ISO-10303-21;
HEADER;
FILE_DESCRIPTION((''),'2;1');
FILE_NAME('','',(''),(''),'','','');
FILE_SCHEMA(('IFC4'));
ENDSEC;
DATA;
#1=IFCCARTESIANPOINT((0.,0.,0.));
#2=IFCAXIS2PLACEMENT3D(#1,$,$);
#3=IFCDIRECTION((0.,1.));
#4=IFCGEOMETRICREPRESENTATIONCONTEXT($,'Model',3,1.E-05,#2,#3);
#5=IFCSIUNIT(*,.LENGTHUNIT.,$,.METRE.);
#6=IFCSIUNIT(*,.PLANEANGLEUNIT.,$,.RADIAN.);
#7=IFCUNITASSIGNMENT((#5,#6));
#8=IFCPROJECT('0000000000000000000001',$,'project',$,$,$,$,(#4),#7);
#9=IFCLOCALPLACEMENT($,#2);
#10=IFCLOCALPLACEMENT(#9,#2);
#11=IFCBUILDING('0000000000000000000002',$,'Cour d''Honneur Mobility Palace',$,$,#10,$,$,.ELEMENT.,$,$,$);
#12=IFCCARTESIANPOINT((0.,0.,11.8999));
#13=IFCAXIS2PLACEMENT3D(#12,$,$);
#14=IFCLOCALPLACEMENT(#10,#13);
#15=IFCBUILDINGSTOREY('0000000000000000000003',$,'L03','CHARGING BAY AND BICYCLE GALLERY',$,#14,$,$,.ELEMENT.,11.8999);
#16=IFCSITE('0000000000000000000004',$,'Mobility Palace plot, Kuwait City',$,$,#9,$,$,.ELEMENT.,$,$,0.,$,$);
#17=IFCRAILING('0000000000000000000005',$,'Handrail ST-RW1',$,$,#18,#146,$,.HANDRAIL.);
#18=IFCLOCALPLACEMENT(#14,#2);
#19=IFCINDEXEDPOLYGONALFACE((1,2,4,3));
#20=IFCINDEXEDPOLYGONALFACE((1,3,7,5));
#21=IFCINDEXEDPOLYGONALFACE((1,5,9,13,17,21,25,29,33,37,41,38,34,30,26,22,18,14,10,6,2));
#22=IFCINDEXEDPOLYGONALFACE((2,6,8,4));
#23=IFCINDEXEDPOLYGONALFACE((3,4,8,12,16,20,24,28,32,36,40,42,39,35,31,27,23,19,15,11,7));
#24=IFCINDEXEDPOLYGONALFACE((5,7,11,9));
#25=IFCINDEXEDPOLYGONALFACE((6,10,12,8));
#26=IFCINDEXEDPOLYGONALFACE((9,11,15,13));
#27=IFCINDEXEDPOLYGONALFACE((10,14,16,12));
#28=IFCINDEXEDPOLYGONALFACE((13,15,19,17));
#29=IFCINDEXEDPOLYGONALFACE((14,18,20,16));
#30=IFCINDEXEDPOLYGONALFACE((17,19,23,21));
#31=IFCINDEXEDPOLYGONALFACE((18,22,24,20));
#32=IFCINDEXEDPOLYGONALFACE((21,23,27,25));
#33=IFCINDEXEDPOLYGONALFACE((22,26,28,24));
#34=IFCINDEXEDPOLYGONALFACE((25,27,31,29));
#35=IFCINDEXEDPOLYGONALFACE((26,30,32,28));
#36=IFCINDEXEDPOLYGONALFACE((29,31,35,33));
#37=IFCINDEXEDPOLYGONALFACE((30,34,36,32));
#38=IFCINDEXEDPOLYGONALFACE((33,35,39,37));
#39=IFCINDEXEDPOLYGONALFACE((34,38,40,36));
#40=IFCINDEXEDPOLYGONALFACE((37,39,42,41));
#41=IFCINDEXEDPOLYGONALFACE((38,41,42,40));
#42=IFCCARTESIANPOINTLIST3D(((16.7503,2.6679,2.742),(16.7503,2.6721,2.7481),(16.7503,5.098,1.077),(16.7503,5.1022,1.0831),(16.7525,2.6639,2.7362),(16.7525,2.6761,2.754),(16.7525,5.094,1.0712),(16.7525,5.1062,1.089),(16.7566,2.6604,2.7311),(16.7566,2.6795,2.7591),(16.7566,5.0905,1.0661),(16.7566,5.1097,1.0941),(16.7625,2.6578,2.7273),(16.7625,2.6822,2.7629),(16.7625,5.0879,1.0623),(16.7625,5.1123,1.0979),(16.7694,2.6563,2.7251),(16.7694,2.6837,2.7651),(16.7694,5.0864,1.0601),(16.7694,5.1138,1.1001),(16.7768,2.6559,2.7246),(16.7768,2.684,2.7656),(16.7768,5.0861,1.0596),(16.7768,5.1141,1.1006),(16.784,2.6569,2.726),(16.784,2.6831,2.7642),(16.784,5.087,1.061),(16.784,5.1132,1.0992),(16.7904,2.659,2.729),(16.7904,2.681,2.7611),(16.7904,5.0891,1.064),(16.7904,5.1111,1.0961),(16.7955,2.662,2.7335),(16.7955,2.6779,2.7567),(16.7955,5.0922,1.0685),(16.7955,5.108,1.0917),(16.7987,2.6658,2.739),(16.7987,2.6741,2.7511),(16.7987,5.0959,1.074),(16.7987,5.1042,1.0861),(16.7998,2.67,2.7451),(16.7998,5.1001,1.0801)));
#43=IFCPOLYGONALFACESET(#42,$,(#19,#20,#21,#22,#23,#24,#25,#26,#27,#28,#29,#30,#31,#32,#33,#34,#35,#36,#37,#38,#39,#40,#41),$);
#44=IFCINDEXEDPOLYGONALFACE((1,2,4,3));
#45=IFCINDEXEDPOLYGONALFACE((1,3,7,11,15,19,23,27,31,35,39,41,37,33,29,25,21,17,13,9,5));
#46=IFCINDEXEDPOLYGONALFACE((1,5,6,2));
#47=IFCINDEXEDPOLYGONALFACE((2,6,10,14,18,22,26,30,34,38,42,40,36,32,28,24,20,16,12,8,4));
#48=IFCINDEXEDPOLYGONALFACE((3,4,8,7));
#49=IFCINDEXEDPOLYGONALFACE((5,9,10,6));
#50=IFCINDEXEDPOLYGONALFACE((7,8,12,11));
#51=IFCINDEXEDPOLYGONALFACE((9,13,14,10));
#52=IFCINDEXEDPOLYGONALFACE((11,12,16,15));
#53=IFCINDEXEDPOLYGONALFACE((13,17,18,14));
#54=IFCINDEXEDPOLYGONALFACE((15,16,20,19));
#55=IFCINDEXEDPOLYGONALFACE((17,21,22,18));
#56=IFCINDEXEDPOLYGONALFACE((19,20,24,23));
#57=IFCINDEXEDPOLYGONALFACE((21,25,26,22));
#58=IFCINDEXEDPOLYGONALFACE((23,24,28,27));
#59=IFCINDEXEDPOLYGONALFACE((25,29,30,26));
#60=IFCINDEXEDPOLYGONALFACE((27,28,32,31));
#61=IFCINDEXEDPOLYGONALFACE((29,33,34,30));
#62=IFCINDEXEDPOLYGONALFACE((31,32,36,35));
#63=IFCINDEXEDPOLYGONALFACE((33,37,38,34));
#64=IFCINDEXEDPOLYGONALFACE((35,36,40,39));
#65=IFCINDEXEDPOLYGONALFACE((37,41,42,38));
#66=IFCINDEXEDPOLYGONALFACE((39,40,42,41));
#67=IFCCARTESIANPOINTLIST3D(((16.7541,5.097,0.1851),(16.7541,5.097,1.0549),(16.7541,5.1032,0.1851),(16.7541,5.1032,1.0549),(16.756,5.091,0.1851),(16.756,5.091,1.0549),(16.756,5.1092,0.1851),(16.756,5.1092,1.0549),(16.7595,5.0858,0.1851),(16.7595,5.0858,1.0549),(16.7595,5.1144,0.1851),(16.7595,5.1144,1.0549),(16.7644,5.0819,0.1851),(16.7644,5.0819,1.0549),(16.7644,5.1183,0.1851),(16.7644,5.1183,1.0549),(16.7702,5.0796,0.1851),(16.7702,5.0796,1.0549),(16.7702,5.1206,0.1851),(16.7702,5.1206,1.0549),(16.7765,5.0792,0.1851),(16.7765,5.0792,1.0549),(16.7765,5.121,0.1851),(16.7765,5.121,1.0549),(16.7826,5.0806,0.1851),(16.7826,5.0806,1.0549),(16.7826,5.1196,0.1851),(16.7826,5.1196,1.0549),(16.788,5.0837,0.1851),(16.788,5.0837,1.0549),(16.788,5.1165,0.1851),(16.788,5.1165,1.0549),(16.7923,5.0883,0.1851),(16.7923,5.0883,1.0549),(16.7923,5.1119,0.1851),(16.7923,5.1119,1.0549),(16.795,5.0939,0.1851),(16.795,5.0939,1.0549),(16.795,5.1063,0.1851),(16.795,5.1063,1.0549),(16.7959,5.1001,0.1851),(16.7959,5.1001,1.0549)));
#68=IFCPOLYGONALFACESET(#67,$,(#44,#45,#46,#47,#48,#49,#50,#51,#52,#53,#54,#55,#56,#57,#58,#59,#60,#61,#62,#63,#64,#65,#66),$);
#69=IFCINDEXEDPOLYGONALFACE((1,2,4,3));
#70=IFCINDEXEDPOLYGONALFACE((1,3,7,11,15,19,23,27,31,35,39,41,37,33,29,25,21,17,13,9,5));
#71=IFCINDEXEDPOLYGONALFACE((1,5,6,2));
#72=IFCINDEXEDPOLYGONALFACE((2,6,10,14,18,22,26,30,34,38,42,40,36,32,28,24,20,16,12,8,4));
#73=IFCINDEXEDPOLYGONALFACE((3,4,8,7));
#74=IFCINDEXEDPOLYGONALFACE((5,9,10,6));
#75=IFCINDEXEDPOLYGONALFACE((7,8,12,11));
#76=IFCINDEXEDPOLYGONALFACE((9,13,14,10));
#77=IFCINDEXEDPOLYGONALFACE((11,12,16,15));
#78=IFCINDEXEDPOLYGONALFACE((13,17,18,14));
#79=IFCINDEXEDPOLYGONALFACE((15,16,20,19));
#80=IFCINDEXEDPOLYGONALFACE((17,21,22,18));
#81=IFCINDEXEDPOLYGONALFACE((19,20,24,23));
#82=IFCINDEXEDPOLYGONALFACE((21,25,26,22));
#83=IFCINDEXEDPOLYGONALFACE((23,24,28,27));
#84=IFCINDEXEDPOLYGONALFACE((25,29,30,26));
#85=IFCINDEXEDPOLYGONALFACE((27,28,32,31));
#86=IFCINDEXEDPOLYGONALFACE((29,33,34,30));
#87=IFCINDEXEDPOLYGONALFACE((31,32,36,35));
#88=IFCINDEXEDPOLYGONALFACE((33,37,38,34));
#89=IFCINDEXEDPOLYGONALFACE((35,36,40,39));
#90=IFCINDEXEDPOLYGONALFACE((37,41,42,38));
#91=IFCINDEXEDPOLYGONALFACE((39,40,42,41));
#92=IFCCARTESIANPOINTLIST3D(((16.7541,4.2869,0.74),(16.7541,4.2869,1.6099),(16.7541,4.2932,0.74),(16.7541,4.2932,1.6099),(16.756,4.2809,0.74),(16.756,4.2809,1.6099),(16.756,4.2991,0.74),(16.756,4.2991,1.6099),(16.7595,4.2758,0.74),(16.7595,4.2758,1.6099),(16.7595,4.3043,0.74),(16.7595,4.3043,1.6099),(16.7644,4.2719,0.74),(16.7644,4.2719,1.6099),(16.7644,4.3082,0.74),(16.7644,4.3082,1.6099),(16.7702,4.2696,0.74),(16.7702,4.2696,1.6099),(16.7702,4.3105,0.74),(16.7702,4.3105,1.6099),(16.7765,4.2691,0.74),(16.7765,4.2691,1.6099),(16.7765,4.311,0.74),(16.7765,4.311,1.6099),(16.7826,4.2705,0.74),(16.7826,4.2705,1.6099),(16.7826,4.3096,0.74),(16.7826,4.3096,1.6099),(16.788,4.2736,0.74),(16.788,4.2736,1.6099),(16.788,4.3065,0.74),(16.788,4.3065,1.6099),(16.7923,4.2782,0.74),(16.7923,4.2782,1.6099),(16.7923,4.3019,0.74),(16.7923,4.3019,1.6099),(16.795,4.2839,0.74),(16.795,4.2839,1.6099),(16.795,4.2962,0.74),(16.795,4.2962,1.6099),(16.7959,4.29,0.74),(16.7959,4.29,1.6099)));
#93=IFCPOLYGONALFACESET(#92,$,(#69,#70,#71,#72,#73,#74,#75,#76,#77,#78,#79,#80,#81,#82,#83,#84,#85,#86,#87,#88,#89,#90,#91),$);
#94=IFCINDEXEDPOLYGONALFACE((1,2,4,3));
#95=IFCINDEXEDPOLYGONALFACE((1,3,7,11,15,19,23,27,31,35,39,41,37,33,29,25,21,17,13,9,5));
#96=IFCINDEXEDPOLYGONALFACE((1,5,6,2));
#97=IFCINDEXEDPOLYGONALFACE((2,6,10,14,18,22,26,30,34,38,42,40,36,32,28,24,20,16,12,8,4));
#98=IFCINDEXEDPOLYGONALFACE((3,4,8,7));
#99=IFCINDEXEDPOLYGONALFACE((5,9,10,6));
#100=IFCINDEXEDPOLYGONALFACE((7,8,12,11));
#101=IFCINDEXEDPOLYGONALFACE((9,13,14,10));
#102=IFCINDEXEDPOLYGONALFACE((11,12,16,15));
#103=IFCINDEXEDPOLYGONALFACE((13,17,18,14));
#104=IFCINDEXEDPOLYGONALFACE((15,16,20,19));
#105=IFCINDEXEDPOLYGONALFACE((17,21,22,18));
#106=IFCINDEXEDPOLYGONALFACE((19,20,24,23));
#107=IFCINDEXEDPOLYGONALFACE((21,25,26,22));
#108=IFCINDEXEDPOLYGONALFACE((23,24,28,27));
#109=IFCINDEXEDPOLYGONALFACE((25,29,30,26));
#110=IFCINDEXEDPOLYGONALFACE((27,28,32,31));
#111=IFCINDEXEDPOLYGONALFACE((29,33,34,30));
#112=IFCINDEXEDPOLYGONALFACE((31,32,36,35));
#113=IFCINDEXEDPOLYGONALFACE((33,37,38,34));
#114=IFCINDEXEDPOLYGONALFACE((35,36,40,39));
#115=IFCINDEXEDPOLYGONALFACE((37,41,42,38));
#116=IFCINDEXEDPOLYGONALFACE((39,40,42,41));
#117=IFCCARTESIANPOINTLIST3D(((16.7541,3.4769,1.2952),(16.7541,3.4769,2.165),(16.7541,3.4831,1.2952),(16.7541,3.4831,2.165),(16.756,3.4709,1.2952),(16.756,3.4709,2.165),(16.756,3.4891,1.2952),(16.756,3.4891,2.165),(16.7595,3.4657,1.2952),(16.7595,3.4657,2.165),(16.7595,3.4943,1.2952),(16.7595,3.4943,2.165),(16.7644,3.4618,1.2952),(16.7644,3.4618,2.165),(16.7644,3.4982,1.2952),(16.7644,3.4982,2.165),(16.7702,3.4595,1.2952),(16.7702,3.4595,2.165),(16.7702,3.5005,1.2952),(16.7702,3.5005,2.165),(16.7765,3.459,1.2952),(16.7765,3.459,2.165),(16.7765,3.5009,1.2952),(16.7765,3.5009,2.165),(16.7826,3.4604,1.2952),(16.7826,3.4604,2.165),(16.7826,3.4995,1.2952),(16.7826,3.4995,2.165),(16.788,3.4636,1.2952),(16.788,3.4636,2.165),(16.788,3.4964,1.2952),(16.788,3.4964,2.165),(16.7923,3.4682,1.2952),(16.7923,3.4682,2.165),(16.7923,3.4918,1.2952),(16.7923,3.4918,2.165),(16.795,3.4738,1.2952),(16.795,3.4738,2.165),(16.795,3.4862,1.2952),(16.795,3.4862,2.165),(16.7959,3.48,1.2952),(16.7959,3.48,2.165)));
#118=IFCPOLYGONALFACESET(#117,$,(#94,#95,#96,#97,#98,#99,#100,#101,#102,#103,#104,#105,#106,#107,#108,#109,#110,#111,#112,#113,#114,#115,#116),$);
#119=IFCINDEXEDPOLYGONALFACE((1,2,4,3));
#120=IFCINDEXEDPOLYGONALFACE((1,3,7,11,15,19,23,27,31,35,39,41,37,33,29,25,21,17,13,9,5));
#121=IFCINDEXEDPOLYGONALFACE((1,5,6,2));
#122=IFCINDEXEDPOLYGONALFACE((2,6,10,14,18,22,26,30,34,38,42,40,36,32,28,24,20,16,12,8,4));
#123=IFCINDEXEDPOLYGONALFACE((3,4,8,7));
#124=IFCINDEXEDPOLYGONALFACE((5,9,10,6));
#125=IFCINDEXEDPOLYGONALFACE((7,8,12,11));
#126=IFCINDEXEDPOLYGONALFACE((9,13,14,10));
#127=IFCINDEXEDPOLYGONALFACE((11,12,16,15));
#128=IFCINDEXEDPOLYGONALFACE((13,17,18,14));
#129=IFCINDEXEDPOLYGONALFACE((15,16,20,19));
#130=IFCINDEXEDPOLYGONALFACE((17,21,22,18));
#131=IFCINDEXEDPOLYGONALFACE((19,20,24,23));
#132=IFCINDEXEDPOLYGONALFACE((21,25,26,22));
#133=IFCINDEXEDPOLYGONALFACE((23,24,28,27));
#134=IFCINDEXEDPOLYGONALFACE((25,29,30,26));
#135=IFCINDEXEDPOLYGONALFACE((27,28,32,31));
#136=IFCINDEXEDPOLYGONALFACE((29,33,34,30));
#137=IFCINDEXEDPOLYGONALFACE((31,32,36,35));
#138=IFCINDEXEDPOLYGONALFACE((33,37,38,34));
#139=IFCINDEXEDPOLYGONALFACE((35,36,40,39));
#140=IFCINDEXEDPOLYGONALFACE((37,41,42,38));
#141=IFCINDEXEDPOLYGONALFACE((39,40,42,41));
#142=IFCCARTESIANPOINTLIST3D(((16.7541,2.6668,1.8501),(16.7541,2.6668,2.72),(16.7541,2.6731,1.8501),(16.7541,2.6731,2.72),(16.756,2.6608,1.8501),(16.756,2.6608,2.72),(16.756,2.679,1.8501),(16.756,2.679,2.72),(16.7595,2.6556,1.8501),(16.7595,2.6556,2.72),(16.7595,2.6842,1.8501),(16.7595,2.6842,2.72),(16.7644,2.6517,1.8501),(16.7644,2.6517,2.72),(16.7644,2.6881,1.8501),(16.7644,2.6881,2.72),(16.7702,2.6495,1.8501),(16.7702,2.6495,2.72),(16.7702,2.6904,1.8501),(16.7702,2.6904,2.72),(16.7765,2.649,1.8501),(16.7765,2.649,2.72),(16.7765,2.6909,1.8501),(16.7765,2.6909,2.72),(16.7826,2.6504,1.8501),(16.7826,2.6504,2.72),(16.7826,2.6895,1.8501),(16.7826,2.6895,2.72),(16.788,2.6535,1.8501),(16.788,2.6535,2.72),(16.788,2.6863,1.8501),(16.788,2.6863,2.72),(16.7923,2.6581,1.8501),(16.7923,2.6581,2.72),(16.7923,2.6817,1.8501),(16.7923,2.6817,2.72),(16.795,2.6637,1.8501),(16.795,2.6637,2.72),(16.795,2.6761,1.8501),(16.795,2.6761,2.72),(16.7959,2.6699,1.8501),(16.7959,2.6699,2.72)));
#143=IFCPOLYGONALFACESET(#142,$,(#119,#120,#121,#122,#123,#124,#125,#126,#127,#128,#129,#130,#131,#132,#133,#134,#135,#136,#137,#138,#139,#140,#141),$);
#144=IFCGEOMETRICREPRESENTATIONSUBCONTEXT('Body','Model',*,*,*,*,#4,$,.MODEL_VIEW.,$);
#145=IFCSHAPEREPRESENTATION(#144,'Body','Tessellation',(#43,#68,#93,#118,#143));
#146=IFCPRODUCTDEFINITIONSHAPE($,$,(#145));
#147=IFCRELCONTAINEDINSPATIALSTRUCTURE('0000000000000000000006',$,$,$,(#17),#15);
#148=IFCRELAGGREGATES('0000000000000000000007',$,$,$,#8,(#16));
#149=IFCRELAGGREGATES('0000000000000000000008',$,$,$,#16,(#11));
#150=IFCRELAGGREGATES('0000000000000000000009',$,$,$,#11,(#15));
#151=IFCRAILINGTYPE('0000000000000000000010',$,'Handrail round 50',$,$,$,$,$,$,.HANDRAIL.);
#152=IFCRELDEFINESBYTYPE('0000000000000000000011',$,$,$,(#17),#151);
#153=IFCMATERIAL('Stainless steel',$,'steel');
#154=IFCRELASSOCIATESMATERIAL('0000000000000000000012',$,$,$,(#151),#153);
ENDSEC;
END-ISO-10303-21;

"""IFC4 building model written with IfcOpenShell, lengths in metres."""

from ifc_helpers import new_model, si_unit, direction, frame, origin, origin_2d, place, context, subcontext, project, spatial, circle, extrude, material, type_object, element, save


model = new_model("IFC4")

# Units and contexts
model_context = context("Model", 3, precision=1e-05, world=origin(), true_north=direction((0.0, 1.0)))
body_context = subcontext(model_context, "Body", "Model", "MODEL_VIEW")
ifc_project = project(units=[si_unit("LENGTHUNIT", "METRE"), si_unit("PLANEANGLEUNIT", "RADIAN")], contexts=[model_context])

# Site, building, storey
site_placement = place(None, origin())
site = spatial("IfcSite", under=ifc_project, at=site_placement, Name="Mobility Palace plot, Kuwait City", CompositionType="ELEMENT", RefElevation=0.0)
building_placement = place(site_placement, origin())
building = spatial("IfcBuilding", under=site, at=building_placement, Name="Cour d'Honneur Mobility Palace", CompositionType="ELEMENT")
storey_placement = place(building_placement, frame((0.0, 0.0, 11.8999)))
storey = spatial("IfcBuildingStorey", under=building, at=storey_placement, Name="L03", Description="CHARGING BAY AND BICYCLE GALLERY", CompositionType="ELEMENT", Elevation=11.8999)

# Railing
ifc_material_1 = material(Name="Stainless steel", Category="steel")
railing_type_1 = type_object("IfcRailingType", Name="Handrail round 50", PredefinedType="HANDRAIL", material=ifc_material_1)
for number, where, name in (
    (1, (16.7749, 5.1001, 0.1851), "Handrail ST-RW1"),
):
    element("IfcRailing", number, at=place(storey_placement, frame(where)), inside=storey, type_object=railing_type_1, Name=name, PredefinedType="HANDRAIL", context=body_context, shape_type="SweptSolid", body=[
        extrude(circle(Radius=0.0249, at=origin_2d()), frame((0.0, 0.0, 0.895), z_axis=(0.0, -0.824945, 0.565213), x_axis=(1.0, 0.0, 0.0)), (0.0, 0.0, 1.0), 2.9458),
        extrude(circle(Radius=0.021, at=origin_2d()), origin(), (0.0, 0.0, 1.0), 0.8699),
        extrude(circle(Radius=0.021, at=origin_2d()), frame((0.0, -0.8101, 0.5549)), (0.0, 0.0, 1.0), 0.8699),
        extrude(circle(Radius=0.021, at=origin_2d()), frame((0.0, -1.6201, 1.1101)), (0.0, 0.0, 1.0), 0.8699),
        extrude(circle(Radius=0.021, at=origin_2d()), frame((0.0, -2.4302, 1.665)), (0.0, 0.0, 1.0), 0.8699),
    ])

save(model, "model.ifc")
